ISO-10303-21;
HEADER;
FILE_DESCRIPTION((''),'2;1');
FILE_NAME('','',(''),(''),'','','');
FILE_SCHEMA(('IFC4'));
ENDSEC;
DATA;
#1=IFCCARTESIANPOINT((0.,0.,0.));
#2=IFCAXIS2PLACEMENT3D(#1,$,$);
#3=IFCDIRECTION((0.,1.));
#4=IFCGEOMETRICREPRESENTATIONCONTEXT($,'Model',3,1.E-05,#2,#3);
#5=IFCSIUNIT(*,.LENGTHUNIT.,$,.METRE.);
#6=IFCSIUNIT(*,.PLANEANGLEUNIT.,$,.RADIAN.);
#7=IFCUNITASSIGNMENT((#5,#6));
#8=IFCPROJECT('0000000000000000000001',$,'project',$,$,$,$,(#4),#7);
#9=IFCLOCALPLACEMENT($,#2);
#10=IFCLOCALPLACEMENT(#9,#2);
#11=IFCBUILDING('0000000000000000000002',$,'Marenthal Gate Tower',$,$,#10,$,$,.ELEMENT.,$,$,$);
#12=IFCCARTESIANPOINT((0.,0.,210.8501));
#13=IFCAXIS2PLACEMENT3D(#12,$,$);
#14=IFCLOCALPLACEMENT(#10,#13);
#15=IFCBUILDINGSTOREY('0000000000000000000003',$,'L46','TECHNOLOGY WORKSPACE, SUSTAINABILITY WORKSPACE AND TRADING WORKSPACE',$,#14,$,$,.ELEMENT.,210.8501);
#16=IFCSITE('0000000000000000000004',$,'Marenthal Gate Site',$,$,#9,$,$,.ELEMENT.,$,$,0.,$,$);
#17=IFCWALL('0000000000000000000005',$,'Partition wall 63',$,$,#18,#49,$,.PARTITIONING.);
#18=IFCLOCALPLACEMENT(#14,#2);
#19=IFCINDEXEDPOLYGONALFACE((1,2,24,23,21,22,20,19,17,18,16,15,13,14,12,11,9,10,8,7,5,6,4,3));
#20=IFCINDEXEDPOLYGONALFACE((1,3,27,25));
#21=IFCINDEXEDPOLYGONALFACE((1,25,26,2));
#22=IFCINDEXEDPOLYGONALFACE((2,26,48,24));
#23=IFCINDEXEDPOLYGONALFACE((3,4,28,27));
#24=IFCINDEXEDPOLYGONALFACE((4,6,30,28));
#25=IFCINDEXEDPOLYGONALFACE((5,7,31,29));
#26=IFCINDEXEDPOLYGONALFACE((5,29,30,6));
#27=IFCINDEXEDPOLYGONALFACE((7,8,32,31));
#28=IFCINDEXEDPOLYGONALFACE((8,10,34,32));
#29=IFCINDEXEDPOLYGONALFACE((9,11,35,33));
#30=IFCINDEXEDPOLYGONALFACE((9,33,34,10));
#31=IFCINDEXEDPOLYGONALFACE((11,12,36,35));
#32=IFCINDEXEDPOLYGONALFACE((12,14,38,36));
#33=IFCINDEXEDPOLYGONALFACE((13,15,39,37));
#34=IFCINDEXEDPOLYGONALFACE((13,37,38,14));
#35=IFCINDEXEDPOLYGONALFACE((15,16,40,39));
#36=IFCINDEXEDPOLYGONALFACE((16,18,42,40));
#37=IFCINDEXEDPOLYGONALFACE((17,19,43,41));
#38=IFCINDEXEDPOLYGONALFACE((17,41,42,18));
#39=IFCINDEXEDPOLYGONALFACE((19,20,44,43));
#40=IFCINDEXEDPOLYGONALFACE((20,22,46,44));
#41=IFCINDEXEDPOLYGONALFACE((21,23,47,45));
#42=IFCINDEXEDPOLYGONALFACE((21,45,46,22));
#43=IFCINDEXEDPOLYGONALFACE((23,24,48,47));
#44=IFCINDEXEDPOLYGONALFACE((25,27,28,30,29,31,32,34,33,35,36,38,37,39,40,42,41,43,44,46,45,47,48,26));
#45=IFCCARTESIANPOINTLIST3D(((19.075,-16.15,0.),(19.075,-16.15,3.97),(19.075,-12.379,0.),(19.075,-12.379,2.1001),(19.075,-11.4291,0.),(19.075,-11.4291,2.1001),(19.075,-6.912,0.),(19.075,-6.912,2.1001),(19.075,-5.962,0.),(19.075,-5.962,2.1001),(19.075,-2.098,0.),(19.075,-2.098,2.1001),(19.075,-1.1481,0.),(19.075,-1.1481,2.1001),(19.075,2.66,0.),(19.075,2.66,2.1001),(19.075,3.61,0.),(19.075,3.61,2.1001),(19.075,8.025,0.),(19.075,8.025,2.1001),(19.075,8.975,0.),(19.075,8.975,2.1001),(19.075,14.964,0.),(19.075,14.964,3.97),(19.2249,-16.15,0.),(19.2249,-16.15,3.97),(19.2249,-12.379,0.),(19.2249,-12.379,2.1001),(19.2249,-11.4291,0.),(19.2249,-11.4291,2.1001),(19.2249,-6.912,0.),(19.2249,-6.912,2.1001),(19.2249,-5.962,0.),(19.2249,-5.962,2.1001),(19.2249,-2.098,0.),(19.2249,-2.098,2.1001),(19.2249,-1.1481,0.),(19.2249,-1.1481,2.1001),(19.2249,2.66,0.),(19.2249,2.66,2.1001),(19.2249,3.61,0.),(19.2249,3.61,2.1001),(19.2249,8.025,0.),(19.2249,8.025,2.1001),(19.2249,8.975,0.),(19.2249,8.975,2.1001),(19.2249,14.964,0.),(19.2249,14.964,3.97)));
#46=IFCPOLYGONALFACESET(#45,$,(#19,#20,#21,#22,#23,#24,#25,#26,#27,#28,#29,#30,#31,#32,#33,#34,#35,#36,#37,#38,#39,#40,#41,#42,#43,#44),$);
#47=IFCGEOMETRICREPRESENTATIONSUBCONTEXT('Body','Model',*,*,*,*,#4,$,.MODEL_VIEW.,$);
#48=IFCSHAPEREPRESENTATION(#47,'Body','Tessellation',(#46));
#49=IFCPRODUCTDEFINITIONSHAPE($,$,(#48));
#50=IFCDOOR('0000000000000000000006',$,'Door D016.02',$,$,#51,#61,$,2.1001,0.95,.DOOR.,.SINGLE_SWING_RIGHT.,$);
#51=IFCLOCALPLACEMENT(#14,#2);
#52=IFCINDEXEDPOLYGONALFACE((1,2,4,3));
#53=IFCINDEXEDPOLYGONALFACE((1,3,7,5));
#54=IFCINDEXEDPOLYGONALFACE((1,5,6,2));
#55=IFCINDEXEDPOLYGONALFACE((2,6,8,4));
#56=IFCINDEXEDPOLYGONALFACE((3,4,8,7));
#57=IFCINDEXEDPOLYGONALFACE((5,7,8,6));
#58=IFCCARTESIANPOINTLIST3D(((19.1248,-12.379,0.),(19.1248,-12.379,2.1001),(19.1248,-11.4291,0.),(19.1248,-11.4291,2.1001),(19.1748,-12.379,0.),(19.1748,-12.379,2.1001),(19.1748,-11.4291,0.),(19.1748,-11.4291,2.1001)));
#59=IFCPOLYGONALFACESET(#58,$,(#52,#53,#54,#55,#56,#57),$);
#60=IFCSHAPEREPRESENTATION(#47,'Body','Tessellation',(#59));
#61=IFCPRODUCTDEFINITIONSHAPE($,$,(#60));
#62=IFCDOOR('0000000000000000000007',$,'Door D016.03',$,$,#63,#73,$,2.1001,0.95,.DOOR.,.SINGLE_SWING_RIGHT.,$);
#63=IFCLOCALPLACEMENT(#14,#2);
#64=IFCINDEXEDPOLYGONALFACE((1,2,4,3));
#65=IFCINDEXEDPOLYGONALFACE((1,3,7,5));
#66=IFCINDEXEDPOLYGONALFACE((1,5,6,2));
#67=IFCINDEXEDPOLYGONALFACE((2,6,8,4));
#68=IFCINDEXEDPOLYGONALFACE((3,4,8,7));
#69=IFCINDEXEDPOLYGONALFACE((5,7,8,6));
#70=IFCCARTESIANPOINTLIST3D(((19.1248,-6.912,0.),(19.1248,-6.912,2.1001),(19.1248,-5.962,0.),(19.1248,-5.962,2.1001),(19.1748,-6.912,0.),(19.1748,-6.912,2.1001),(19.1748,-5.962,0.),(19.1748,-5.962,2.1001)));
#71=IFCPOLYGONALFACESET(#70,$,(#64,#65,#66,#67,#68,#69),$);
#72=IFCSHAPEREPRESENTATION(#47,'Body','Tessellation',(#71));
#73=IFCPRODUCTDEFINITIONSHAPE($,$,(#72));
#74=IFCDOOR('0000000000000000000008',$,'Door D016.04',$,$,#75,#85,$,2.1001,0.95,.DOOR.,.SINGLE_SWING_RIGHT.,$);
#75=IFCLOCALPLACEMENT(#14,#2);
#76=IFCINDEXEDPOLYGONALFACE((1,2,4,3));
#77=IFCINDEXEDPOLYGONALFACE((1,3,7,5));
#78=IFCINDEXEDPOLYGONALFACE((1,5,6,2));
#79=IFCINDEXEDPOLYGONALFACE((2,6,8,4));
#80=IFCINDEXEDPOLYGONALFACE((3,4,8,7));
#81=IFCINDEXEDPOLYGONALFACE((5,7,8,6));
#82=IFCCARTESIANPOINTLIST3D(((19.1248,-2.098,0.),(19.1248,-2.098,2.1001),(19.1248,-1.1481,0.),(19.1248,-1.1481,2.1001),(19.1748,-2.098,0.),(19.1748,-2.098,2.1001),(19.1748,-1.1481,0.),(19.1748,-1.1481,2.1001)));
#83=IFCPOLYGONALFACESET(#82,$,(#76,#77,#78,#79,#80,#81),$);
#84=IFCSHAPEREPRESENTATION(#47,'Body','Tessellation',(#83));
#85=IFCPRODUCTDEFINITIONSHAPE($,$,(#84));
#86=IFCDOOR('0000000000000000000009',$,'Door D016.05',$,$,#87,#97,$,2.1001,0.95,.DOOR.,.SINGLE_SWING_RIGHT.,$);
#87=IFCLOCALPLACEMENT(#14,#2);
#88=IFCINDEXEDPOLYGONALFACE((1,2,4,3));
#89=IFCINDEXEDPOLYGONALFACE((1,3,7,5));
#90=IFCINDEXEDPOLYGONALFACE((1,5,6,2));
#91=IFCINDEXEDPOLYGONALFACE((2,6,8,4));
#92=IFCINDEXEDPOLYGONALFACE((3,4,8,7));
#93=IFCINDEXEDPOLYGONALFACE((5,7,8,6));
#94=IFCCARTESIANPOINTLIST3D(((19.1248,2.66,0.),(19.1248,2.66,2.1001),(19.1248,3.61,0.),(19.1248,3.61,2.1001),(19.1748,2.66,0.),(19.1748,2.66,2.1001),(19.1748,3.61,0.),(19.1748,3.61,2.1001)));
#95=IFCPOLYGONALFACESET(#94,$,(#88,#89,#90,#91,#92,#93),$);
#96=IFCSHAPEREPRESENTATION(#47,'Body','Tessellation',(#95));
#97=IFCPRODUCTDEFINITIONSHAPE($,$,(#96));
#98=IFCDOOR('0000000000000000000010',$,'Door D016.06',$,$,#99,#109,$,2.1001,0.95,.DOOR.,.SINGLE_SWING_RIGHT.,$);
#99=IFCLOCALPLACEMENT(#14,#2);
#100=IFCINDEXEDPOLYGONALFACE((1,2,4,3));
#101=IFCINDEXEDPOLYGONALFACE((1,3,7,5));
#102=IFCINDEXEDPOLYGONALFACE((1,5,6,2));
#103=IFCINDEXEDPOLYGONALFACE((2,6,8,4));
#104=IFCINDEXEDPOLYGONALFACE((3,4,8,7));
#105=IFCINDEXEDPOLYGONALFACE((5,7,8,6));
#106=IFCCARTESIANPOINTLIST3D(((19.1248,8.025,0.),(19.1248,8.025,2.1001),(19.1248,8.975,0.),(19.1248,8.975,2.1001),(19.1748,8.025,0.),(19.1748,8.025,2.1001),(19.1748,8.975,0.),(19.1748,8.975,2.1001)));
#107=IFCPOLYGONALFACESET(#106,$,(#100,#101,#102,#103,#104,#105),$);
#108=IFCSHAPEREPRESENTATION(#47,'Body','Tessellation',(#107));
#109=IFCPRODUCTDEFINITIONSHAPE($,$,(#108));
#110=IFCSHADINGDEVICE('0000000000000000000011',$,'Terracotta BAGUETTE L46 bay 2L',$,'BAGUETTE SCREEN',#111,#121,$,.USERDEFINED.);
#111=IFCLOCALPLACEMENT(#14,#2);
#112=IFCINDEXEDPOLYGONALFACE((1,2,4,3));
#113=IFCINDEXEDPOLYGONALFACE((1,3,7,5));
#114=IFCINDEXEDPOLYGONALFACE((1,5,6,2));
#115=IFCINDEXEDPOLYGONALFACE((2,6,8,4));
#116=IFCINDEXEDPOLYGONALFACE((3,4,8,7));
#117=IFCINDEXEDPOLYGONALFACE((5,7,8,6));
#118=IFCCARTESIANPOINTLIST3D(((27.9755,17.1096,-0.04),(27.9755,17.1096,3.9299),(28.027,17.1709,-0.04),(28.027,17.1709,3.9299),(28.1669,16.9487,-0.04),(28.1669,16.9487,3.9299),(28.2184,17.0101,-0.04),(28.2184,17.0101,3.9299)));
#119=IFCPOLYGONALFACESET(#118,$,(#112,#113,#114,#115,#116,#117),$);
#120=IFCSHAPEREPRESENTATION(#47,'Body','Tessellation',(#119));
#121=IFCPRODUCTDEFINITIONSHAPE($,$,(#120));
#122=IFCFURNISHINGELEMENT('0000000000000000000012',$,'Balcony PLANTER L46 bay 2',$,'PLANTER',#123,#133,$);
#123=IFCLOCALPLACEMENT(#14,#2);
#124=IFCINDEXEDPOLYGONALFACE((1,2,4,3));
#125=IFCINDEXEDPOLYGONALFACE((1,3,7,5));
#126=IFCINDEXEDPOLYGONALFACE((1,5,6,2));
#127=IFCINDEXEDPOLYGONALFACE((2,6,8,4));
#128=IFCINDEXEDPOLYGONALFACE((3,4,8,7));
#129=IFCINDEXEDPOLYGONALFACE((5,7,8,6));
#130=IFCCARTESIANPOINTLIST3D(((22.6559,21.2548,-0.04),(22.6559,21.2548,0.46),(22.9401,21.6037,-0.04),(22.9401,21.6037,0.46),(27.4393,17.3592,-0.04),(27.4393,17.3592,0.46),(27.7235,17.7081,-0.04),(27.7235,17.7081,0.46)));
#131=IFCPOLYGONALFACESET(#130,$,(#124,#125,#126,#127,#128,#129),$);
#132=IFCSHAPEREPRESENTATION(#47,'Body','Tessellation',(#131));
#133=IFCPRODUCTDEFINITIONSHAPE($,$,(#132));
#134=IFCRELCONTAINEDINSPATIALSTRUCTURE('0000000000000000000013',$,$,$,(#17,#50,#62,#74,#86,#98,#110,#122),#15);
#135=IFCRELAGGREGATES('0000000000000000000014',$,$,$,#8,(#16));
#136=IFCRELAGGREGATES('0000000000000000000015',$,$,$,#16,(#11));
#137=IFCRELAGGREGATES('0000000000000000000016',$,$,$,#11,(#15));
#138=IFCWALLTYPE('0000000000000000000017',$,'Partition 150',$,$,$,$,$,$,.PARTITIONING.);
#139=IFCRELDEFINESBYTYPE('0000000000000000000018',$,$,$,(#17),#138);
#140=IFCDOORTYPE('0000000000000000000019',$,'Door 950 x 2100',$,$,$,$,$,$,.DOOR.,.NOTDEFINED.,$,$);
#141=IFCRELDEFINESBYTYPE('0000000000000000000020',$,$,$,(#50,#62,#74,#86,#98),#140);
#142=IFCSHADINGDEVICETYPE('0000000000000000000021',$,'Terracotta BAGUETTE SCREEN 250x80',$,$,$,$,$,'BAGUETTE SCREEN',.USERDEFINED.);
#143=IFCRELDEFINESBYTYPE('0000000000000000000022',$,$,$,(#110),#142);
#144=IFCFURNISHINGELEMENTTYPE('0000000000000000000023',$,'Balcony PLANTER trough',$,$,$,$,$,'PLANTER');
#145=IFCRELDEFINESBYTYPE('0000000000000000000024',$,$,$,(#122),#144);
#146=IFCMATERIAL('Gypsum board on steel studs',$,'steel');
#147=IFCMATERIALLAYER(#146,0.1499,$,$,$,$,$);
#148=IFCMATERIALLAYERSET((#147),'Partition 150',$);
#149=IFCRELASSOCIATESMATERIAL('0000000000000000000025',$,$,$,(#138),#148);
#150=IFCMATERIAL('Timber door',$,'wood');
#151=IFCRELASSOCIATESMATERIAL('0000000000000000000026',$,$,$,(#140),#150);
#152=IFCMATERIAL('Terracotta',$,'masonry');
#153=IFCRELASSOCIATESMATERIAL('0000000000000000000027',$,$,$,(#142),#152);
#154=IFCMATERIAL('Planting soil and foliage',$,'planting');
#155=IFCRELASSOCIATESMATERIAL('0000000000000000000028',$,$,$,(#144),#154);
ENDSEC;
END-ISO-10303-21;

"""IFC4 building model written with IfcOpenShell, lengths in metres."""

from ifc_helpers import new_model, si_unit, direction, frame, frame_2d, origin, origin_2d, place, context, subcontext, project, spatial, rectangle, extrude, material, layer, layer_set, material_profile, profile_set, type_object, element, fill, save


model = new_model("IFC4")

# Units and contexts
model_context = context("Model", 3, precision=1e-05, world=origin(), true_north=direction((0.0, 1.0)))
body_context = subcontext(model_context, "Body", "Model", "MODEL_VIEW")
ifc_project = project(units=[si_unit("LENGTHUNIT", "METRE"), si_unit("PLANEANGLEUNIT", "RADIAN")], contexts=[model_context])

# Site, building, storey
site_placement = place(None, origin())
site = spatial("IfcSite", under=ifc_project, at=site_placement, Name="Marenthal Gate Site", CompositionType="ELEMENT", RefElevation=0.0)
building_placement = place(site_placement, origin())
building = spatial("IfcBuilding", under=site, at=building_placement, Name="Marenthal Gate Tower", CompositionType="ELEMENT")
storey_placement = place(building_placement, frame((0.0, 0.0, 210.8501)))
storey = spatial("IfcBuildingStorey", under=building, at=storey_placement, Name="L46", Description="TECHNOLOGY WORKSPACE, SUSTAINABILITY WORKSPACE AND TRADING WORKSPACE", CompositionType="ELEMENT", Elevation=210.8501)

# Shared definitions
ifc_material_1 = material(Name="Gypsum board on steel studs", Category="steel")
ifc_layer_1 = layer(ifc_material_1, 0.1499)
ifc_layer_set_1 = layer_set([ifc_layer_1], Name="Partition 150")
wall_type_1 = type_object("IfcWallType", Name="Partition 150", PredefinedType="PARTITIONING", material=ifc_layer_set_1)

# Wall, openings, doors
wall_1_placement = place(storey_placement, frame((19.1499, 14.9641, 0.0), z_axis=(0.0, 0.0, 1.0), x_axis=(0.0, -1.0, 0.0)))
wall_1 = element("IfcWall", 1, at=wall_1_placement, inside=storey, type_object=wall_type_1, Name="Partition wall 63", PredefinedType="PARTITIONING", context=body_context, shape_type="SweptSolid", body=[
    extrude(rectangle(XDim=31.114, YDim=0.1499, at=frame_2d((15.5571, 0.0))), origin(), (0.0, 0.0, 1.0), 3.97),
])
opening_1_placement = place(wall_1_placement, frame((26.3931, 0.0, 0.0)))
opening_1 = element("IfcOpeningElement", 2, at=opening_1_placement, cuts=wall_1, PredefinedType="OPENING", context=body_context, shape_type="SweptSolid", body=[
    extrude(rectangle(XDim=0.95, YDim=2.1001, at=frame_2d((0.4751, 1.05))), frame((0.0, 0.085, 0.0), z_axis=(0.0, -1.0, 0.0), x_axis=(1.0, 0.0, 0.0)), (0.0, 0.0, 1.0), 0.1699),
])
opening_2_placement = place(wall_1_placement, frame((20.926, 0.0, 0.0)))
opening_2 = element("IfcOpeningElement", 3, at=opening_2_placement, cuts=wall_1, PredefinedType="OPENING", context=body_context, shape_type="SweptSolid", body=[
    extrude(rectangle(XDim=0.95, YDim=2.1001, at=frame_2d((0.4751, 1.05))), frame((0.0, 0.085, 0.0), z_axis=(0.0, -1.0, 0.0), x_axis=(1.0, 0.0, 0.0)), (0.0, 0.0, 1.0), 0.1699),
])
opening_3_placement = place(wall_1_placement, frame((16.1121, 0.0, 0.0)))
opening_3 = element("IfcOpeningElement", 4, at=opening_3_placement, cuts=wall_1, PredefinedType="OPENING", context=body_context, shape_type="SweptSolid", body=[
    extrude(rectangle(XDim=0.95, YDim=2.1001, at=frame_2d((0.4751, 1.05))), frame((0.0, 0.085, 0.0), z_axis=(0.0, -1.0, 0.0), x_axis=(1.0, 0.0, 0.0)), (0.0, 0.0, 1.0), 0.1699),
])
opening_4_placement = place(wall_1_placement, frame((11.354, 0.0, 0.0)))
opening_4 = element("IfcOpeningElement", 5, at=opening_4_placement, cuts=wall_1, PredefinedType="OPENING", context=body_context, shape_type="SweptSolid", body=[
    extrude(rectangle(XDim=0.95, YDim=2.1001, at=frame_2d((0.4751, 1.05))), frame((0.0, 0.085, 0.0), z_axis=(0.0, -1.0, 0.0), x_axis=(1.0, 0.0, 0.0)), (0.0, 0.0, 1.0), 0.1699),
])
opening_5_placement = place(wall_1_placement, frame((5.989, 0.0, 0.0)))
opening_5 = element("IfcOpeningElement", 6, at=opening_5_placement, cuts=wall_1, PredefinedType="OPENING", context=body_context, shape_type="SweptSolid", body=[
    extrude(rectangle(XDim=0.95, YDim=2.1001, at=frame_2d((0.4751, 1.05))), frame((0.0, 0.085, 0.0), z_axis=(0.0, -1.0, 0.0), x_axis=(1.0, 0.0, 0.0)), (0.0, 0.0, 1.0), 0.1699),
])
ifc_material_2 = material(Name="Timber door", Category="wood")
door_type_1 = type_object("IfcDoorType", Name="Door 950 x 2100", OperationType="NOTDEFINED", PredefinedType="DOOR", material=ifc_material_2)
door_1_placement = place(opening_1_placement, origin())
door_1 = element("IfcDoor", 7, at=door_1_placement, inside=storey, type_object=door_type_1, Name="Door D016.02", OperationType="SINGLE_SWING_RIGHT", OverallHeight=2.1001, OverallWidth=0.95, PredefinedType="DOOR", context=body_context, shape_type="SweptSolid", body=[
    extrude(rectangle(XDim=0.95, YDim=2.1001, at=frame_2d((0.4751, 1.05))), frame((0.0, 0.0249, 0.0), z_axis=(0.0, -1.0, 0.0), x_axis=(1.0, 0.0, 0.0)), (0.0, 0.0, 1.0), 0.05),
])
fill(opening_1, door_1)
door_2_placement = place(opening_2_placement, origin())
door_2 = element("IfcDoor", 8, at=door_2_placement, inside=storey, type_object=door_type_1, Name="Door D016.03", OperationType="SINGLE_SWING_RIGHT", OverallHeight=2.1001, OverallWidth=0.95, PredefinedType="DOOR", context=body_context, shape_type="SweptSolid", body=[
    extrude(rectangle(XDim=0.95, YDim=2.1001, at=frame_2d((0.4751, 1.05))), frame((0.0, 0.0249, 0.0), z_axis=(0.0, -1.0, 0.0), x_axis=(1.0, 0.0, 0.0)), (0.0, 0.0, 1.0), 0.05),
])
fill(opening_2, door_2)
door_3_placement = place(opening_3_placement, origin())
door_3 = element("IfcDoor", 9, at=door_3_placement, inside=storey, type_object=door_type_1, Name="Door D016.04", OperationType="SINGLE_SWING_RIGHT", OverallHeight=2.1001, OverallWidth=0.95, PredefinedType="DOOR", context=body_context, shape_type="SweptSolid", body=[
    extrude(rectangle(XDim=0.95, YDim=2.1001, at=frame_2d((0.4751, 1.05))), frame((0.0, 0.0249, 0.0), z_axis=(0.0, -1.0, 0.0), x_axis=(1.0, 0.0, 0.0)), (0.0, 0.0, 1.0), 0.05),
])
fill(opening_3, door_3)
door_4_placement = place(opening_4_placement, origin())
door_4 = element("IfcDoor", 10, at=door_4_placement, inside=storey, type_object=door_type_1, Name="Door D016.05", OperationType="SINGLE_SWING_RIGHT", OverallHeight=2.1001, OverallWidth=0.95, PredefinedType="DOOR", context=body_context, shape_type="SweptSolid", body=[
    extrude(rectangle(XDim=0.95, YDim=2.1001, at=frame_2d((0.4751, 1.05))), frame((0.0, 0.0249, 0.0), z_axis=(0.0, -1.0, 0.0), x_axis=(1.0, 0.0, 0.0)), (0.0, 0.0, 1.0), 0.05),
])
fill(opening_4, door_4)
door_5_placement = place(opening_5_placement, origin())
door_5 = element("IfcDoor", 11, at=door_5_placement, inside=storey, type_object=door_type_1, Name="Door D016.06", OperationType="SINGLE_SWING_RIGHT", OverallHeight=2.1001, OverallWidth=0.95, PredefinedType="DOOR", context=body_context, shape_type="SweptSolid", body=[
    extrude(rectangle(XDim=0.95, YDim=2.1001, at=frame_2d((0.4751, 1.05))), frame((0.0, 0.0249, 0.0), z_axis=(0.0, -1.0, 0.0), x_axis=(1.0, 0.0, 0.0)), (0.0, 0.0, 1.0), 0.05),
])
fill(opening_5, door_5)

# Shading device
ifc_material_3 = material(Name="Terracotta", Category="masonry")
ifc_material_profile_1 = material_profile(ifc_material_3, rectangle(XDim=0.25, YDim=0.0801, at=origin_2d()), Name="Terracotta baguette 250x80")
ifc_profile_set_1 = profile_set([ifc_material_profile_1], Name="Terracotta")
shading_device_type = type_object("IfcShadingDeviceType", Name="Terracotta BAGUETTE SCREEN 250x80", ElementType="BAGUETTE SCREEN", PredefinedType="USERDEFINED", material=ifc_profile_set_1)
shading_device_placement = place(storey_placement, frame((28.0969, 17.0598, -0.04), z_axis=(0.0, 0.0, 1.0), x_axis=(-0.765628, 0.643284, 0.0)))
element("IfcShadingDevice", 12, at=shading_device_placement, inside=storey, type_object=shading_device_type, Name="Terracotta BAGUETTE L46 bay 2L", ObjectType="BAGUETTE SCREEN", PredefinedType="USERDEFINED", context=body_context, shape_type="SweptSolid", body=[
    extrude(rectangle(XDim=0.25, YDim=0.0801, at=origin_2d()), origin(), (0.0, 0.0, 1.0), 3.97),
])

# Furnishing element
ifc_material_4 = material(Name="Planting soil and foliage", Category="planting")
furnishing_element_type = type_object("IfcFurnishingElementType", Name="Balcony PLANTER trough", ElementType="PLANTER", material=ifc_material_4)
furnishing_placement = place(storey_placement, frame((25.1897, 19.4814, -0.04), z_axis=(0.0, 0.0, 1.0), x_axis=(-0.775396, 0.631476, 0.0)))
element("IfcFurnishingElement", 13, at=furnishing_placement, inside=storey, type_object=furnishing_element_type, Name="Balcony PLANTER L46 bay 2", ObjectType="PLANTER", context=body_context, shape_type="SweptSolid", body=[
    extrude(rectangle(XDim=6.1689, YDim=0.45, at=origin_2d()), origin(), (0.0, 0.0, 1.0), 0.5),
])

save(model, "model.ifc")
